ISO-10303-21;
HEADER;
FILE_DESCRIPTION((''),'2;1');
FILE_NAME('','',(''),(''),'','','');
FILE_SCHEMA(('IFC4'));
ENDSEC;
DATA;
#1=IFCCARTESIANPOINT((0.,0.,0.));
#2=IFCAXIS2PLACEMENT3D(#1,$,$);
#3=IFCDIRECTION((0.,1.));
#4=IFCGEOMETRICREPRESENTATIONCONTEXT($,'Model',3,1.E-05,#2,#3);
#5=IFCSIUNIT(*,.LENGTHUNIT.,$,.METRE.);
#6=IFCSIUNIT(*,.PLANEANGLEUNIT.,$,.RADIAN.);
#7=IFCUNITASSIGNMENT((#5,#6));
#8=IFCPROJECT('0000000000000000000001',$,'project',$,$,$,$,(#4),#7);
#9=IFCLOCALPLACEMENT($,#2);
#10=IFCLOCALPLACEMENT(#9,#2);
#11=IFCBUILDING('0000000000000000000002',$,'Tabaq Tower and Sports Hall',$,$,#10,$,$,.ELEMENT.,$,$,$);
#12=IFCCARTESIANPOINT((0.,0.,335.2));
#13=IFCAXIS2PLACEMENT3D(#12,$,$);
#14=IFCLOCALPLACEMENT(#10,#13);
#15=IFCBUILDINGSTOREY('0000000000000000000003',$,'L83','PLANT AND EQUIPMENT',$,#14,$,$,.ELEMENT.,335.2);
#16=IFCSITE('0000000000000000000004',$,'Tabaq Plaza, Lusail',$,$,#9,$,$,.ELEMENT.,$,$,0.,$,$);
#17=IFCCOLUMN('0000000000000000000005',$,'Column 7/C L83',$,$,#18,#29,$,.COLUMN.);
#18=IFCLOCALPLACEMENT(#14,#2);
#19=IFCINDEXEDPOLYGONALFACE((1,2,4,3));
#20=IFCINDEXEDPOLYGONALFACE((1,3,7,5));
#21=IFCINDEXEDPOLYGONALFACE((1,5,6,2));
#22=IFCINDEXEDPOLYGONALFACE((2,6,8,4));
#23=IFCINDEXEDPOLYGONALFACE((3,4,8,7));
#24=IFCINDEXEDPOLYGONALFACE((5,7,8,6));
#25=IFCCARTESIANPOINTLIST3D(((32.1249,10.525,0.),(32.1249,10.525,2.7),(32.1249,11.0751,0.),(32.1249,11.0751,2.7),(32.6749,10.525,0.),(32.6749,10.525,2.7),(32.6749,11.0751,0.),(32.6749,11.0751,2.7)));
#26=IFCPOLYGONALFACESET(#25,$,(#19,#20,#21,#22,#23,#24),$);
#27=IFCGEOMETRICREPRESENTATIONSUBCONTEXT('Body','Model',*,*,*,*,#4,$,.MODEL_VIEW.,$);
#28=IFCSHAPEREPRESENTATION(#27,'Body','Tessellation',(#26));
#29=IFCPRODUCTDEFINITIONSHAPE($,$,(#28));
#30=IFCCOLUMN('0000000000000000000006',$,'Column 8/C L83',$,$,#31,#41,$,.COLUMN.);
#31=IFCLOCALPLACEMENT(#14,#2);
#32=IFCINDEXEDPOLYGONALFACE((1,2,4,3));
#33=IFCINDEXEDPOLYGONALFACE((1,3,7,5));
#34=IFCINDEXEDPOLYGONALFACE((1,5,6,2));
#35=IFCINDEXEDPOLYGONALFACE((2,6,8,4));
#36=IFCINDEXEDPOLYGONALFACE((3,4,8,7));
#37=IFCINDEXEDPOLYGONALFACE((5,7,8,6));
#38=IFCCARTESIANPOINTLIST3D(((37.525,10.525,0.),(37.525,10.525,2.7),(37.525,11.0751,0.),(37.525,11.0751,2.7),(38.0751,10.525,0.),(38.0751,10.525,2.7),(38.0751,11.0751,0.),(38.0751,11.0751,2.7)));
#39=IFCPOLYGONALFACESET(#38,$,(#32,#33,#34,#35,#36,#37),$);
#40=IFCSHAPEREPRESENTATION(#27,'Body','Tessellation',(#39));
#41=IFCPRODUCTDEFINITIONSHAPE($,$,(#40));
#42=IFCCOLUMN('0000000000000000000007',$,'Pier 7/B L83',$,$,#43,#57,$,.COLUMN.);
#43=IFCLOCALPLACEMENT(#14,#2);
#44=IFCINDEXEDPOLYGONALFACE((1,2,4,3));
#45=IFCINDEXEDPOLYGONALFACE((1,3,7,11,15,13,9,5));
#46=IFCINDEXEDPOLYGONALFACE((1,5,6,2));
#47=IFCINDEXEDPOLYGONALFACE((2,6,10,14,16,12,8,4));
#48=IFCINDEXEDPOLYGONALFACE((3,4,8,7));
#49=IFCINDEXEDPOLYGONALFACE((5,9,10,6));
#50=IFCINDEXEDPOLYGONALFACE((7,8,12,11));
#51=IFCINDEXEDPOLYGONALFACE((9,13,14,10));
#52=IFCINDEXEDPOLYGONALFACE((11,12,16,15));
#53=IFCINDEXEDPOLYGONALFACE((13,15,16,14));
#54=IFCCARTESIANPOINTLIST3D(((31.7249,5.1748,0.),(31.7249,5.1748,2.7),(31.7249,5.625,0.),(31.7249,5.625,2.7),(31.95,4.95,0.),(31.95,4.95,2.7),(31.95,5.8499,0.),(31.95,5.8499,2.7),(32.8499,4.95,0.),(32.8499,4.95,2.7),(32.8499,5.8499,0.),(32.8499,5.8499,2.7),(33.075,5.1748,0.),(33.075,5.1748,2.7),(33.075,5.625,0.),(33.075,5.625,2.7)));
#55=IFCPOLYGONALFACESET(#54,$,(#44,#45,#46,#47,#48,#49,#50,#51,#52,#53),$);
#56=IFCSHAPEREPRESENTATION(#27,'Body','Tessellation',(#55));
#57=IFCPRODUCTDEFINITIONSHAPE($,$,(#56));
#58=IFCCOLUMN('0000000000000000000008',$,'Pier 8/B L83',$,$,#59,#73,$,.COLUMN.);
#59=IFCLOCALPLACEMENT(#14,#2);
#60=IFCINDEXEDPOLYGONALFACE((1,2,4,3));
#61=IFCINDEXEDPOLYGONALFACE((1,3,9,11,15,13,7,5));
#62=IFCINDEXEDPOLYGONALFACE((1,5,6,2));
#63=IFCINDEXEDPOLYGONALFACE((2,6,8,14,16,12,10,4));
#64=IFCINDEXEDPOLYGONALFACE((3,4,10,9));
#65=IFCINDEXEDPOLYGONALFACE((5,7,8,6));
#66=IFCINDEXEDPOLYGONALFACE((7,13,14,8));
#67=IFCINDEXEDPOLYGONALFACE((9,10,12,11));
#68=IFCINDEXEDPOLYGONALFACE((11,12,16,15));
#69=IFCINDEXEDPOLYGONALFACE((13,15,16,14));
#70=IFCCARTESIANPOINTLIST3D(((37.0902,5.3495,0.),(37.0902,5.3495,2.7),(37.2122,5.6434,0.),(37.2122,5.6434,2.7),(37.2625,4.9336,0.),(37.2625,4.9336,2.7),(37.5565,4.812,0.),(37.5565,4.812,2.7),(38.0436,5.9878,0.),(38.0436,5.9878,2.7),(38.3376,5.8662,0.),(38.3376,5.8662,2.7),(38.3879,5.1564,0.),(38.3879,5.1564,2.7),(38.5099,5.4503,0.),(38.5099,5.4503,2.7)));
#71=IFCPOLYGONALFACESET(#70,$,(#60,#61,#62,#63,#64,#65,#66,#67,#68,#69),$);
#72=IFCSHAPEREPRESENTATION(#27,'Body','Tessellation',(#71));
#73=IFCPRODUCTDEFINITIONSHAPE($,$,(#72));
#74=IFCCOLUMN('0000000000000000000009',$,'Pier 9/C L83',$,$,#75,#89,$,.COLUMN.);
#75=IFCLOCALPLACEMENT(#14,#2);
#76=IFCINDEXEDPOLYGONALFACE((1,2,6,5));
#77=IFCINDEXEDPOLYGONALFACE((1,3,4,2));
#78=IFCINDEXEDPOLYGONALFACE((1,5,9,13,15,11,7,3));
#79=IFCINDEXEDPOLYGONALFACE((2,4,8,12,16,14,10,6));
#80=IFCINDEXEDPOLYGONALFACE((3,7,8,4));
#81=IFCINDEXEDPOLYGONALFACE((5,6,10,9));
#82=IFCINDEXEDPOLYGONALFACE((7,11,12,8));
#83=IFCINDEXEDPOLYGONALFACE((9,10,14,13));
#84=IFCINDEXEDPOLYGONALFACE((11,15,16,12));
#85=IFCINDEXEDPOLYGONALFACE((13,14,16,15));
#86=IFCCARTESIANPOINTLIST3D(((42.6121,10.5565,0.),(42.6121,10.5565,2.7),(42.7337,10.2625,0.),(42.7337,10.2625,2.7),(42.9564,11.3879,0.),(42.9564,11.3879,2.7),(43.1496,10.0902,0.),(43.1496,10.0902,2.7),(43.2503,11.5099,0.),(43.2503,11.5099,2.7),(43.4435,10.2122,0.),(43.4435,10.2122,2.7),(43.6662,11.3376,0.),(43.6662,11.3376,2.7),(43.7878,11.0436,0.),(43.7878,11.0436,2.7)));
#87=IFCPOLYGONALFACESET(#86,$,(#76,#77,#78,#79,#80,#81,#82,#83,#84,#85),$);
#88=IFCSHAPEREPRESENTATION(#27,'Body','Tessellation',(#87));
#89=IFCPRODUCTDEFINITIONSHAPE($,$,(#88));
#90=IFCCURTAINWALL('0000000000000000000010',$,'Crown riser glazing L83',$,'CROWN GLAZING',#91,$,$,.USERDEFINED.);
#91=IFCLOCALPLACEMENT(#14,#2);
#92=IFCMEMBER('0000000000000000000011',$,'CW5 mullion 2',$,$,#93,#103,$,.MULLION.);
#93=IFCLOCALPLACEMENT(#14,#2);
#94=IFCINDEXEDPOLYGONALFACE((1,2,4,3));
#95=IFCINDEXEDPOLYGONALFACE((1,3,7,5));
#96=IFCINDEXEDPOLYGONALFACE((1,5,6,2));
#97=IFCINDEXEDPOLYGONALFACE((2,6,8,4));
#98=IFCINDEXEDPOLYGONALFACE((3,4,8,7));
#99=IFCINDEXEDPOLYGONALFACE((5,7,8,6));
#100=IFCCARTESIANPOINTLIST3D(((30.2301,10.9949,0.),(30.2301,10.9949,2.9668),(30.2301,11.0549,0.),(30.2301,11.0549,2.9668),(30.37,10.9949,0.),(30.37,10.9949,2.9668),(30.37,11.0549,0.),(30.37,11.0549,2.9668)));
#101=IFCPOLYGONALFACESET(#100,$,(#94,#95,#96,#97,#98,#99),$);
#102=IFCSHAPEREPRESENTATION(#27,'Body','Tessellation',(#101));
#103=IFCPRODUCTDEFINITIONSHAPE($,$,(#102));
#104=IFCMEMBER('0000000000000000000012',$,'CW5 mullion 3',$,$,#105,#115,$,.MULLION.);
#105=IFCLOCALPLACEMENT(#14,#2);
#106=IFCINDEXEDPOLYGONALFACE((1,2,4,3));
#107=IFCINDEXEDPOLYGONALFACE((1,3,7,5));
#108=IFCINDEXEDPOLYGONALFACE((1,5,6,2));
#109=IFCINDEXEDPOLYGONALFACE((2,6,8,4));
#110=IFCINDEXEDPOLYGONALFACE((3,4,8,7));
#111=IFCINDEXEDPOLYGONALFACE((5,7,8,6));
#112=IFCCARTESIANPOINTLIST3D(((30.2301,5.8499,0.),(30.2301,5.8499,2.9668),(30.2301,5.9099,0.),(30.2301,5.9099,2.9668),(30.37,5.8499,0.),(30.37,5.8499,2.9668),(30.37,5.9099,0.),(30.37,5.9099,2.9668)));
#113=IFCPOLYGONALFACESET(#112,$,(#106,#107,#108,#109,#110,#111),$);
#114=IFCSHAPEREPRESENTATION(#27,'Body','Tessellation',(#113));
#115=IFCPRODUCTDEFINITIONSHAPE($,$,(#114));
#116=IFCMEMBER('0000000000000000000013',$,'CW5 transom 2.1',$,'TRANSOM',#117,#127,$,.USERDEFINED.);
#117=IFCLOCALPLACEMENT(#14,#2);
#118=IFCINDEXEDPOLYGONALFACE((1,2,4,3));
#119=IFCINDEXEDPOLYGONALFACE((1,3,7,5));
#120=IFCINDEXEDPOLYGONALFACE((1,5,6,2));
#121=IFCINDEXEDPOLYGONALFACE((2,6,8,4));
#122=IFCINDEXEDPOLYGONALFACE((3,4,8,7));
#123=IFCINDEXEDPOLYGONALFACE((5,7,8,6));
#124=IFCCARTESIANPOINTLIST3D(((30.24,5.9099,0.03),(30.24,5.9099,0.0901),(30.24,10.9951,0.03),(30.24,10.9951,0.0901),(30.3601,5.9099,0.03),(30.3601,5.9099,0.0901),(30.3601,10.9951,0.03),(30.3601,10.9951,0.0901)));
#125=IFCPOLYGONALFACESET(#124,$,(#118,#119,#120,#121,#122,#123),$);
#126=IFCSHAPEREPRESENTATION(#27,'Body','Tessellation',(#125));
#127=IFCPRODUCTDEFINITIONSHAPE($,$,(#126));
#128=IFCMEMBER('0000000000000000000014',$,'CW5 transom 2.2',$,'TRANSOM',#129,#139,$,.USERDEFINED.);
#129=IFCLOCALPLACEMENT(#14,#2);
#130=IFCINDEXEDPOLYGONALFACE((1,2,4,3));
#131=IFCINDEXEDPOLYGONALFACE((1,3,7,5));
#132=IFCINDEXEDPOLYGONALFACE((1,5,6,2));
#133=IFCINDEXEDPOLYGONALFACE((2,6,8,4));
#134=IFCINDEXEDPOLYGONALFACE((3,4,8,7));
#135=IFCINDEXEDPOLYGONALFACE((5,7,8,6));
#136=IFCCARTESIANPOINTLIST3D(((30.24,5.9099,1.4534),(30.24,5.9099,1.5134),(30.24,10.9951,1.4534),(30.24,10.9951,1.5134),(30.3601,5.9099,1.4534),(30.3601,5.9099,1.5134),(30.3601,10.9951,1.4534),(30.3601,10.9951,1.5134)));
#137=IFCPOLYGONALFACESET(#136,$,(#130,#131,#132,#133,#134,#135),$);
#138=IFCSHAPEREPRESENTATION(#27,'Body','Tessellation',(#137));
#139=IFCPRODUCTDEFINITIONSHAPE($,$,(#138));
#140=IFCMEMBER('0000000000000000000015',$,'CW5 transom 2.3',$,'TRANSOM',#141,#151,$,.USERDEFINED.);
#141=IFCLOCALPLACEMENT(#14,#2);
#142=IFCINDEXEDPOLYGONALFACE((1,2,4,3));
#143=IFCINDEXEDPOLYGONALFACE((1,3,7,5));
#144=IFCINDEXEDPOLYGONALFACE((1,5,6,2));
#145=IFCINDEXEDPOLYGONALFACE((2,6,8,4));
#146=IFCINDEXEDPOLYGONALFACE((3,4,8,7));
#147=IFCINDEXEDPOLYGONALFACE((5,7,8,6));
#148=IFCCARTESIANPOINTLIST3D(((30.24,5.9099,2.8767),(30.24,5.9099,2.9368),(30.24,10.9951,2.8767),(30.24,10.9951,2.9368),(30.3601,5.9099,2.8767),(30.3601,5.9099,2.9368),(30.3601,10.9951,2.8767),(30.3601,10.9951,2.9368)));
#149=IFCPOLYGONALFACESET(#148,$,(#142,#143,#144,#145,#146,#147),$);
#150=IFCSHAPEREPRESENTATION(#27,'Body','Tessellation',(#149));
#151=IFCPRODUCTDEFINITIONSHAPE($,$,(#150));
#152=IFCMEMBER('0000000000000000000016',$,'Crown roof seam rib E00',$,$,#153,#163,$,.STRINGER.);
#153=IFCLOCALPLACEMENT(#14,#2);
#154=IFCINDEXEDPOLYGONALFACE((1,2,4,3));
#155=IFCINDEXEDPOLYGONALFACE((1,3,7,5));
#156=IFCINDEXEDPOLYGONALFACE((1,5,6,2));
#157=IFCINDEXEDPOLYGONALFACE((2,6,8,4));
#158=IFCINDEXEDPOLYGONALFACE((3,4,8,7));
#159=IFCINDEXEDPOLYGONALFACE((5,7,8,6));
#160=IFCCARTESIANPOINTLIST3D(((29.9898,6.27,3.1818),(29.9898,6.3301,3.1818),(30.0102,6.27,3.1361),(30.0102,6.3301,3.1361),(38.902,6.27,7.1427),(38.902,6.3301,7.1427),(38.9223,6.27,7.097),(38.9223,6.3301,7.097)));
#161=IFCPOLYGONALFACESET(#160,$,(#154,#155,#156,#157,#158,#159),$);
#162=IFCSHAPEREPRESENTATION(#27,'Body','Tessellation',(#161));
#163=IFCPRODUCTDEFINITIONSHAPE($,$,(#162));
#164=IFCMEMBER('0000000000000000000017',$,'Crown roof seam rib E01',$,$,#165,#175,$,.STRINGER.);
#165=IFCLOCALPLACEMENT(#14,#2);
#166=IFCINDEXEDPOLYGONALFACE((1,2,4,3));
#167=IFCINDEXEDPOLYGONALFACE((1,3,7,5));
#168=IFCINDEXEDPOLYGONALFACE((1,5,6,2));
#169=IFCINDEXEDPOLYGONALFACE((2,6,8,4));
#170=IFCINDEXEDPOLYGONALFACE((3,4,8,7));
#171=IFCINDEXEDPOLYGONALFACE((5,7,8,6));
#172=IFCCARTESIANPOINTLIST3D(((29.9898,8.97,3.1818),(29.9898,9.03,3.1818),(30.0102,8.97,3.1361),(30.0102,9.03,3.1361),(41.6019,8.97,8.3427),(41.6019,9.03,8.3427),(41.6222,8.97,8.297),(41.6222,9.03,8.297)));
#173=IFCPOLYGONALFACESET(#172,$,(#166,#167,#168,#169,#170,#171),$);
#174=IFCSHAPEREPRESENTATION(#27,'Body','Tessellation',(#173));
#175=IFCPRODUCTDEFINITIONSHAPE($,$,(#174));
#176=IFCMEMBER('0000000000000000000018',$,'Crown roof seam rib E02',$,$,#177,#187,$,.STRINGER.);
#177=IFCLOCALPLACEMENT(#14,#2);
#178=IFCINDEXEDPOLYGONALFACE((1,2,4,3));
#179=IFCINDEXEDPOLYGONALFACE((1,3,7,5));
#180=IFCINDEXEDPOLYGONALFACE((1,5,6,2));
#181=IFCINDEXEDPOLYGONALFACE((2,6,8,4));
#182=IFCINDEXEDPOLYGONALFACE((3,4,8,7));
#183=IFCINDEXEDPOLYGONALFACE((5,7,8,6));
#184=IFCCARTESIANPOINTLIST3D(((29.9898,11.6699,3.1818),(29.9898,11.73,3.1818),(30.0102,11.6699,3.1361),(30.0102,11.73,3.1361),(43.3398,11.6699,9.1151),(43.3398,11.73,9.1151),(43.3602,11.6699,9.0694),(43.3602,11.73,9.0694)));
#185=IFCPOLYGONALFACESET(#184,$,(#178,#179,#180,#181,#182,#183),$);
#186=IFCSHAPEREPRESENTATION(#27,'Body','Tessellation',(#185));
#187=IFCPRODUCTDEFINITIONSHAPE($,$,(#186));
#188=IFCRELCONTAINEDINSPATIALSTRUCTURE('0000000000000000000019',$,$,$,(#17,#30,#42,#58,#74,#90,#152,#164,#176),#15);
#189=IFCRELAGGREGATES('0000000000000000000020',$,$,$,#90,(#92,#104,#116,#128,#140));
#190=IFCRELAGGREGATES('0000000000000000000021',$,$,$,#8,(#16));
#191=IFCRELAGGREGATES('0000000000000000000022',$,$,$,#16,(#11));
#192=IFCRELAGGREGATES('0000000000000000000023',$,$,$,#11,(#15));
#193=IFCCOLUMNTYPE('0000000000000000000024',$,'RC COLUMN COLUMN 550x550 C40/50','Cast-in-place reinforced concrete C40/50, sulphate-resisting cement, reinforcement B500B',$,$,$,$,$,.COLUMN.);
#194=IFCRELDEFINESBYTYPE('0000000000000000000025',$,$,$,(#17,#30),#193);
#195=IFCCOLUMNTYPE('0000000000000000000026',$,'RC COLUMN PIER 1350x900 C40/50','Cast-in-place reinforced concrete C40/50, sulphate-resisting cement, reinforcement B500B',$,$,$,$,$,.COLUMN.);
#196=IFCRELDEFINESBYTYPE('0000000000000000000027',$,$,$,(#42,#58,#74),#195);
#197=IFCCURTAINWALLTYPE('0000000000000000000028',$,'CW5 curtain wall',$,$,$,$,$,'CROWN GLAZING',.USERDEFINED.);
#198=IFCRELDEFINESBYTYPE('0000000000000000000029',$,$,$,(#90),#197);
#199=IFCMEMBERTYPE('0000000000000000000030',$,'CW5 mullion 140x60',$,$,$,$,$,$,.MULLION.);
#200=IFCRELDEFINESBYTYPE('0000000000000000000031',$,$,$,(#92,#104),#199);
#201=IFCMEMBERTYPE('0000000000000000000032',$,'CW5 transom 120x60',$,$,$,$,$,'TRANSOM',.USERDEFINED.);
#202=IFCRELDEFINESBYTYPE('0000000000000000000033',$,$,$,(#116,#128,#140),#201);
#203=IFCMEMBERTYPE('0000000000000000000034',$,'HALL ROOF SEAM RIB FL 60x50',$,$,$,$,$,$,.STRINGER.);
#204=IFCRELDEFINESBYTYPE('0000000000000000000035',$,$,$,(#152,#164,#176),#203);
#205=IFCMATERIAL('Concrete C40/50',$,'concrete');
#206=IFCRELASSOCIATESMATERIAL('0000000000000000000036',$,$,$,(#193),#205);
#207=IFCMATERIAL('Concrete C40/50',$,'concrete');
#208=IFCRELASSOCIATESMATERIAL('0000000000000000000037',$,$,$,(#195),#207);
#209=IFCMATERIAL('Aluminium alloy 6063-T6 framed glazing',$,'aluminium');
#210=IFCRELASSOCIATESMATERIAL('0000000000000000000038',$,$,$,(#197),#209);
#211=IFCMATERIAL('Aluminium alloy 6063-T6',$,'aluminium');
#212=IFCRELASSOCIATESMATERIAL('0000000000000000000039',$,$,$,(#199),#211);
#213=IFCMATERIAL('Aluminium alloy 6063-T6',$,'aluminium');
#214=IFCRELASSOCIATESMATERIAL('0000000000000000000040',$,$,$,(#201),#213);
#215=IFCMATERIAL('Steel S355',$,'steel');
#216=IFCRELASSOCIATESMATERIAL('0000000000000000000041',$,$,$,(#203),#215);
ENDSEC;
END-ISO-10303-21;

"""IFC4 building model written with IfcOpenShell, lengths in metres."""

from ifc_helpers import new_model, si_unit, direction, frame, origin, origin_2d, place, context, subcontext, project, spatial, polyline, rectangle, outline, extrude, material, material_profile, profile_set, type_object, element, aggregate, save


model = new_model("IFC4")

# Units and contexts
model_context = context("Model", 3, precision=1e-05, world=origin(), true_north=direction((0.0, 1.0)))
body_context = subcontext(model_context, "Body", "Model", "MODEL_VIEW")
ifc_project = project(units=[si_unit("LENGTHUNIT", "METRE"), si_unit("PLANEANGLEUNIT", "RADIAN")], contexts=[model_context])

# Site, building, storey
site_placement = place(None, origin())
site = spatial("IfcSite", under=ifc_project, at=site_placement, Name="Tabaq Plaza, Lusail", CompositionType="ELEMENT", RefElevation=0.0)
building_placement = place(site_placement, origin())
building = spatial("IfcBuilding", under=site, at=building_placement, Name="Tabaq Tower and Sports Hall", CompositionType="ELEMENT")
storey_placement = place(building_placement, frame((0.0, 0.0, 335.2)))
storey = spatial("IfcBuildingStorey", under=building, at=storey_placement, Name="L83", Description="PLANT AND EQUIPMENT", CompositionType="ELEMENT", Elevation=335.2)

# Columns
ifc_material_1 = material(Name="Concrete C40/50", Category="concrete")
ifc_material_profile_1 = material_profile(ifc_material_1, rectangle(XDim=0.55, YDim=0.55, at=origin_2d()), Name="COLUMN 550x550")
ifc_profile_set_1 = profile_set([ifc_material_profile_1], Name="Concrete C40/50")
column_type_1 = type_object("IfcColumnType", Name="RC COLUMN COLUMN 550x550 C40/50", Description="Cast-in-place reinforced concrete C40/50, sulphate-resisting cement, reinforcement B500B", PredefinedType="COLUMN", material=ifc_profile_set_1)
for number, where, z_axis, x_axis, name in (
    (1, (32.3999, 10.8, 0.0), (0.0, 0.0, 1.0), (1.0, 0.0, 0.0), "Column 7/C L83"),
    (2, (37.8, 10.8, 0.0), (0.0, 0.0, 1.0), (1.0, 0.0, 0.0), "Column 8/C L83"),
):
    element("IfcColumn", number, at=place(storey_placement, frame(where, z_axis=z_axis, x_axis=x_axis)), inside=storey, type_object=column_type_1, Name=name, PredefinedType="COLUMN", context=body_context, shape_type="SweptSolid", body=[
        extrude(rectangle(XDim=0.55, YDim=0.55, at=origin_2d()), origin(), (0.0, 0.0, 1.0), 2.7),
    ])
ifc_material_2 = material(Name="Concrete C40/50", Category="concrete")
ifc_material_profile_2 = material_profile(ifc_material_2, outline(polyline([(-0.45, -0.45), (0.45, -0.45), (0.675, -0.2251), (0.675, 0.2251), (0.45, 0.45), (-0.45, 0.45), (-0.675, 0.2251), (-0.675, -0.2251), (-0.45, -0.45)])), Name="PIER 1350x900")
ifc_profile_set_2 = profile_set([ifc_material_profile_2], Name="Concrete C40/50")
column_type_2 = type_object("IfcColumnType", Name="RC COLUMN PIER 1350x900 C40/50", Description="Cast-in-place reinforced concrete C40/50, sulphate-resisting cement, reinforcement B500B", PredefinedType="COLUMN", material=ifc_profile_set_2)
for number, where, z_axis, x_axis, name in (
    (3, (32.3999, 5.3999, 0.0), (0.0, 0.0, 1.0), (1.0, 0.0, 0.0), "Pier 7/B L83"),
    (4, (37.8, 5.3999, 0.0), (0.0, 0.0, 1.0), (0.92388, 0.382683, 0.0), "Pier 8/B L83"),
    (5, (43.2, 10.8, 0.0), (0.0, 0.0, 1.0), (0.382683, 0.92388, 0.0), "Pier 9/C L83"),
):
    element("IfcColumn", number, at=place(storey_placement, frame(where, z_axis=z_axis, x_axis=x_axis)), inside=storey, type_object=column_type_2, Name=name, PredefinedType="COLUMN", context=body_context, shape_type="SweptSolid", body=[
        extrude(outline(polyline([(-0.45, -0.45), (0.45, -0.45), (0.675, -0.2251), (0.675, 0.2251), (0.45, 0.45), (-0.45, 0.45), (-0.675, 0.2251), (-0.675, -0.2251), (-0.45, -0.45)])), origin(), (0.0, 0.0, 1.0), 2.7),
    ])

# Curtain wall, members
ifc_material_3 = material(Name="Aluminium alloy 6063-T6 framed glazing", Category="aluminium")
curtain_wall_type = type_object("IfcCurtainWallType", Name="CW5 curtain wall", ElementType="CROWN GLAZING", PredefinedType="USERDEFINED", material=ifc_material_3)
curtain_wall_placement = place(storey_placement, origin())
curtain_wall = element("IfcCurtainWall", 6, at=curtain_wall_placement, inside=storey, type_object=curtain_wall_type, Name="Crown riser glazing L83", ObjectType="CROWN GLAZING", PredefinedType="USERDEFINED")
ifc_material_4 = material(Name="Aluminium alloy 6063-T6", Category="aluminium")
ifc_material_profile_3 = material_profile(ifc_material_4, rectangle(XDim=0.1399, YDim=0.0601, at=origin_2d()), Name="MULLION 140x60")
ifc_profile_set_3 = profile_set([ifc_material_profile_3], Name="Aluminium alloy 6063-T6")
member_type_1 = type_object("IfcMemberType", Name="CW5 mullion 140x60", PredefinedType="MULLION", material=ifc_profile_set_3)
member_1_placement = place(storey_placement, frame((30.3, 11.0249, 0.0), z_axis=(0.0, 0.0, 1.0), x_axis=(1.0, 0.0, 0.0)))
member_1 = element("IfcMember", 7, at=member_1_placement, type_object=member_type_1, Name="CW5 mullion 2", PredefinedType="MULLION", context=body_context, shape_type="SweptSolid", body=[
    extrude(rectangle(XDim=0.1399, YDim=0.0601, at=origin_2d()), origin(), (0.0, 0.0, 1.0), 2.9668),
])
member_2_placement = place(storey_placement, frame((30.3, 5.8799, 0.0), z_axis=(0.0, 0.0, 1.0), x_axis=(1.0, 0.0, 0.0)))
member_2 = element("IfcMember", 8, at=member_2_placement, type_object=member_type_1, Name="CW5 mullion 3", PredefinedType="MULLION", context=body_context, shape_type="SweptSolid", body=[
    extrude(rectangle(XDim=0.1399, YDim=0.0601, at=origin_2d()), origin(), (0.0, 0.0, 1.0), 2.9668),
])
ifc_material_5 = material(Name="Aluminium alloy 6063-T6", Category="aluminium")
ifc_material_profile_4 = material_profile(ifc_material_5, rectangle(XDim=0.1201, YDim=0.0601, at=origin_2d()), Name="TRANSOM 120x60")
ifc_profile_set_4 = profile_set([ifc_material_profile_4], Name="Aluminium alloy 6063-T6")
member_type_2 = type_object("IfcMemberType", Name="CW5 transom 120x60", ElementType="TRANSOM", PredefinedType="USERDEFINED", material=ifc_profile_set_4)
member_3_placement = place(storey_placement, frame((30.3, 10.9951, 0.0601), z_axis=(0.0, -1.0, 0.0), x_axis=(1.0, 0.0, 0.0)))
member_3 = element("IfcMember", 9, at=member_3_placement, type_object=member_type_2, Name="CW5 transom 2.1", ObjectType="TRANSOM", PredefinedType="USERDEFINED", context=body_context, shape_type="SweptSolid", body=[
    extrude(rectangle(XDim=0.1201, YDim=0.0601, at=origin_2d()), origin(), (0.0, 0.0, 1.0), 5.0852),
])
member_4_placement = place(storey_placement, frame((30.3, 10.9951, 1.4834), z_axis=(0.0, -1.0, 0.0), x_axis=(1.0, 0.0, 0.0)))
member_4 = element("IfcMember", 10, at=member_4_placement, type_object=member_type_2, Name="CW5 transom 2.2", ObjectType="TRANSOM", PredefinedType="USERDEFINED", context=body_context, shape_type="SweptSolid", body=[
    extrude(rectangle(XDim=0.1201, YDim=0.0601, at=origin_2d()), origin(), (0.0, 0.0, 1.0), 5.0852),
])
member_5_placement = place(storey_placement, frame((30.3, 10.9951, 2.9067), z_axis=(0.0, -1.0, 0.0), x_axis=(1.0, 0.0, 0.0)))
member_5 = element("IfcMember", 11, at=member_5_placement, type_object=member_type_2, Name="CW5 transom 2.3", ObjectType="TRANSOM", PredefinedType="USERDEFINED", context=body_context, shape_type="SweptSolid", body=[
    extrude(rectangle(XDim=0.1201, YDim=0.0601, at=origin_2d()), origin(), (0.0, 0.0, 1.0), 5.0852),
])

# Members
ifc_material_6 = material(Name="Steel S355", Category="steel")
ifc_material_profile_5 = material_profile(ifc_material_6, rectangle(XDim=0.0601, YDim=0.05, at=origin_2d()), Name="FL 60x50")
ifc_profile_set_5 = profile_set([ifc_material_profile_5], Name="Steel S355")
member_type_3 = type_object("IfcMemberType", Name="HALL ROOF SEAM RIB FL 60x50", PredefinedType="STRINGER", material=ifc_profile_set_5)
member_6_placement = place(storey_placement, frame((30.0, 6.3, 3.1589), z_axis=(0.913812, 0.0, 0.406138), x_axis=(0.0, 1.0, 0.0)))
element("IfcMember", 12, at=member_6_placement, inside=storey, type_object=member_type_3, Name="Crown roof seam rib E00", PredefinedType="STRINGER", context=body_context, shape_type="SweptSolid", body=[
    extrude(rectangle(XDim=0.0601, YDim=0.05, at=origin_2d()), origin(), (0.0, 0.0, 1.0), 9.7527),
])
member_7_placement = place(storey_placement, frame((30.0, 9.0, 3.1589), z_axis=(0.913812, 0.0, 0.406137), x_axis=(0.0, 1.0, 0.0)))
element("IfcMember", 13, at=member_7_placement, inside=storey, type_object=member_type_3, Name="Crown roof seam rib E01", PredefinedType="STRINGER", context=body_context, shape_type="SweptSolid", body=[
    extrude(rectangle(XDim=0.0601, YDim=0.05, at=origin_2d()), origin(), (0.0, 0.0, 1.0), 12.7073),
])
member_8_placement = place(storey_placement, frame((30.0, 11.7, 3.1589), z_axis=(0.913812, 0.0, 0.406137), x_axis=(0.0, 1.0, 0.0)))
element("IfcMember", 14, at=member_8_placement, inside=storey, type_object=member_type_3, Name="Crown roof seam rib E02", PredefinedType="STRINGER", context=body_context, shape_type="SweptSolid", body=[
    extrude(rectangle(XDim=0.0601, YDim=0.05, at=origin_2d()), origin(), (0.0, 0.0, 1.0), 14.6091),
])

aggregate(curtain_wall, [member_1, member_2, member_3, member_4, member_5])

save(model, "model.ifc")
